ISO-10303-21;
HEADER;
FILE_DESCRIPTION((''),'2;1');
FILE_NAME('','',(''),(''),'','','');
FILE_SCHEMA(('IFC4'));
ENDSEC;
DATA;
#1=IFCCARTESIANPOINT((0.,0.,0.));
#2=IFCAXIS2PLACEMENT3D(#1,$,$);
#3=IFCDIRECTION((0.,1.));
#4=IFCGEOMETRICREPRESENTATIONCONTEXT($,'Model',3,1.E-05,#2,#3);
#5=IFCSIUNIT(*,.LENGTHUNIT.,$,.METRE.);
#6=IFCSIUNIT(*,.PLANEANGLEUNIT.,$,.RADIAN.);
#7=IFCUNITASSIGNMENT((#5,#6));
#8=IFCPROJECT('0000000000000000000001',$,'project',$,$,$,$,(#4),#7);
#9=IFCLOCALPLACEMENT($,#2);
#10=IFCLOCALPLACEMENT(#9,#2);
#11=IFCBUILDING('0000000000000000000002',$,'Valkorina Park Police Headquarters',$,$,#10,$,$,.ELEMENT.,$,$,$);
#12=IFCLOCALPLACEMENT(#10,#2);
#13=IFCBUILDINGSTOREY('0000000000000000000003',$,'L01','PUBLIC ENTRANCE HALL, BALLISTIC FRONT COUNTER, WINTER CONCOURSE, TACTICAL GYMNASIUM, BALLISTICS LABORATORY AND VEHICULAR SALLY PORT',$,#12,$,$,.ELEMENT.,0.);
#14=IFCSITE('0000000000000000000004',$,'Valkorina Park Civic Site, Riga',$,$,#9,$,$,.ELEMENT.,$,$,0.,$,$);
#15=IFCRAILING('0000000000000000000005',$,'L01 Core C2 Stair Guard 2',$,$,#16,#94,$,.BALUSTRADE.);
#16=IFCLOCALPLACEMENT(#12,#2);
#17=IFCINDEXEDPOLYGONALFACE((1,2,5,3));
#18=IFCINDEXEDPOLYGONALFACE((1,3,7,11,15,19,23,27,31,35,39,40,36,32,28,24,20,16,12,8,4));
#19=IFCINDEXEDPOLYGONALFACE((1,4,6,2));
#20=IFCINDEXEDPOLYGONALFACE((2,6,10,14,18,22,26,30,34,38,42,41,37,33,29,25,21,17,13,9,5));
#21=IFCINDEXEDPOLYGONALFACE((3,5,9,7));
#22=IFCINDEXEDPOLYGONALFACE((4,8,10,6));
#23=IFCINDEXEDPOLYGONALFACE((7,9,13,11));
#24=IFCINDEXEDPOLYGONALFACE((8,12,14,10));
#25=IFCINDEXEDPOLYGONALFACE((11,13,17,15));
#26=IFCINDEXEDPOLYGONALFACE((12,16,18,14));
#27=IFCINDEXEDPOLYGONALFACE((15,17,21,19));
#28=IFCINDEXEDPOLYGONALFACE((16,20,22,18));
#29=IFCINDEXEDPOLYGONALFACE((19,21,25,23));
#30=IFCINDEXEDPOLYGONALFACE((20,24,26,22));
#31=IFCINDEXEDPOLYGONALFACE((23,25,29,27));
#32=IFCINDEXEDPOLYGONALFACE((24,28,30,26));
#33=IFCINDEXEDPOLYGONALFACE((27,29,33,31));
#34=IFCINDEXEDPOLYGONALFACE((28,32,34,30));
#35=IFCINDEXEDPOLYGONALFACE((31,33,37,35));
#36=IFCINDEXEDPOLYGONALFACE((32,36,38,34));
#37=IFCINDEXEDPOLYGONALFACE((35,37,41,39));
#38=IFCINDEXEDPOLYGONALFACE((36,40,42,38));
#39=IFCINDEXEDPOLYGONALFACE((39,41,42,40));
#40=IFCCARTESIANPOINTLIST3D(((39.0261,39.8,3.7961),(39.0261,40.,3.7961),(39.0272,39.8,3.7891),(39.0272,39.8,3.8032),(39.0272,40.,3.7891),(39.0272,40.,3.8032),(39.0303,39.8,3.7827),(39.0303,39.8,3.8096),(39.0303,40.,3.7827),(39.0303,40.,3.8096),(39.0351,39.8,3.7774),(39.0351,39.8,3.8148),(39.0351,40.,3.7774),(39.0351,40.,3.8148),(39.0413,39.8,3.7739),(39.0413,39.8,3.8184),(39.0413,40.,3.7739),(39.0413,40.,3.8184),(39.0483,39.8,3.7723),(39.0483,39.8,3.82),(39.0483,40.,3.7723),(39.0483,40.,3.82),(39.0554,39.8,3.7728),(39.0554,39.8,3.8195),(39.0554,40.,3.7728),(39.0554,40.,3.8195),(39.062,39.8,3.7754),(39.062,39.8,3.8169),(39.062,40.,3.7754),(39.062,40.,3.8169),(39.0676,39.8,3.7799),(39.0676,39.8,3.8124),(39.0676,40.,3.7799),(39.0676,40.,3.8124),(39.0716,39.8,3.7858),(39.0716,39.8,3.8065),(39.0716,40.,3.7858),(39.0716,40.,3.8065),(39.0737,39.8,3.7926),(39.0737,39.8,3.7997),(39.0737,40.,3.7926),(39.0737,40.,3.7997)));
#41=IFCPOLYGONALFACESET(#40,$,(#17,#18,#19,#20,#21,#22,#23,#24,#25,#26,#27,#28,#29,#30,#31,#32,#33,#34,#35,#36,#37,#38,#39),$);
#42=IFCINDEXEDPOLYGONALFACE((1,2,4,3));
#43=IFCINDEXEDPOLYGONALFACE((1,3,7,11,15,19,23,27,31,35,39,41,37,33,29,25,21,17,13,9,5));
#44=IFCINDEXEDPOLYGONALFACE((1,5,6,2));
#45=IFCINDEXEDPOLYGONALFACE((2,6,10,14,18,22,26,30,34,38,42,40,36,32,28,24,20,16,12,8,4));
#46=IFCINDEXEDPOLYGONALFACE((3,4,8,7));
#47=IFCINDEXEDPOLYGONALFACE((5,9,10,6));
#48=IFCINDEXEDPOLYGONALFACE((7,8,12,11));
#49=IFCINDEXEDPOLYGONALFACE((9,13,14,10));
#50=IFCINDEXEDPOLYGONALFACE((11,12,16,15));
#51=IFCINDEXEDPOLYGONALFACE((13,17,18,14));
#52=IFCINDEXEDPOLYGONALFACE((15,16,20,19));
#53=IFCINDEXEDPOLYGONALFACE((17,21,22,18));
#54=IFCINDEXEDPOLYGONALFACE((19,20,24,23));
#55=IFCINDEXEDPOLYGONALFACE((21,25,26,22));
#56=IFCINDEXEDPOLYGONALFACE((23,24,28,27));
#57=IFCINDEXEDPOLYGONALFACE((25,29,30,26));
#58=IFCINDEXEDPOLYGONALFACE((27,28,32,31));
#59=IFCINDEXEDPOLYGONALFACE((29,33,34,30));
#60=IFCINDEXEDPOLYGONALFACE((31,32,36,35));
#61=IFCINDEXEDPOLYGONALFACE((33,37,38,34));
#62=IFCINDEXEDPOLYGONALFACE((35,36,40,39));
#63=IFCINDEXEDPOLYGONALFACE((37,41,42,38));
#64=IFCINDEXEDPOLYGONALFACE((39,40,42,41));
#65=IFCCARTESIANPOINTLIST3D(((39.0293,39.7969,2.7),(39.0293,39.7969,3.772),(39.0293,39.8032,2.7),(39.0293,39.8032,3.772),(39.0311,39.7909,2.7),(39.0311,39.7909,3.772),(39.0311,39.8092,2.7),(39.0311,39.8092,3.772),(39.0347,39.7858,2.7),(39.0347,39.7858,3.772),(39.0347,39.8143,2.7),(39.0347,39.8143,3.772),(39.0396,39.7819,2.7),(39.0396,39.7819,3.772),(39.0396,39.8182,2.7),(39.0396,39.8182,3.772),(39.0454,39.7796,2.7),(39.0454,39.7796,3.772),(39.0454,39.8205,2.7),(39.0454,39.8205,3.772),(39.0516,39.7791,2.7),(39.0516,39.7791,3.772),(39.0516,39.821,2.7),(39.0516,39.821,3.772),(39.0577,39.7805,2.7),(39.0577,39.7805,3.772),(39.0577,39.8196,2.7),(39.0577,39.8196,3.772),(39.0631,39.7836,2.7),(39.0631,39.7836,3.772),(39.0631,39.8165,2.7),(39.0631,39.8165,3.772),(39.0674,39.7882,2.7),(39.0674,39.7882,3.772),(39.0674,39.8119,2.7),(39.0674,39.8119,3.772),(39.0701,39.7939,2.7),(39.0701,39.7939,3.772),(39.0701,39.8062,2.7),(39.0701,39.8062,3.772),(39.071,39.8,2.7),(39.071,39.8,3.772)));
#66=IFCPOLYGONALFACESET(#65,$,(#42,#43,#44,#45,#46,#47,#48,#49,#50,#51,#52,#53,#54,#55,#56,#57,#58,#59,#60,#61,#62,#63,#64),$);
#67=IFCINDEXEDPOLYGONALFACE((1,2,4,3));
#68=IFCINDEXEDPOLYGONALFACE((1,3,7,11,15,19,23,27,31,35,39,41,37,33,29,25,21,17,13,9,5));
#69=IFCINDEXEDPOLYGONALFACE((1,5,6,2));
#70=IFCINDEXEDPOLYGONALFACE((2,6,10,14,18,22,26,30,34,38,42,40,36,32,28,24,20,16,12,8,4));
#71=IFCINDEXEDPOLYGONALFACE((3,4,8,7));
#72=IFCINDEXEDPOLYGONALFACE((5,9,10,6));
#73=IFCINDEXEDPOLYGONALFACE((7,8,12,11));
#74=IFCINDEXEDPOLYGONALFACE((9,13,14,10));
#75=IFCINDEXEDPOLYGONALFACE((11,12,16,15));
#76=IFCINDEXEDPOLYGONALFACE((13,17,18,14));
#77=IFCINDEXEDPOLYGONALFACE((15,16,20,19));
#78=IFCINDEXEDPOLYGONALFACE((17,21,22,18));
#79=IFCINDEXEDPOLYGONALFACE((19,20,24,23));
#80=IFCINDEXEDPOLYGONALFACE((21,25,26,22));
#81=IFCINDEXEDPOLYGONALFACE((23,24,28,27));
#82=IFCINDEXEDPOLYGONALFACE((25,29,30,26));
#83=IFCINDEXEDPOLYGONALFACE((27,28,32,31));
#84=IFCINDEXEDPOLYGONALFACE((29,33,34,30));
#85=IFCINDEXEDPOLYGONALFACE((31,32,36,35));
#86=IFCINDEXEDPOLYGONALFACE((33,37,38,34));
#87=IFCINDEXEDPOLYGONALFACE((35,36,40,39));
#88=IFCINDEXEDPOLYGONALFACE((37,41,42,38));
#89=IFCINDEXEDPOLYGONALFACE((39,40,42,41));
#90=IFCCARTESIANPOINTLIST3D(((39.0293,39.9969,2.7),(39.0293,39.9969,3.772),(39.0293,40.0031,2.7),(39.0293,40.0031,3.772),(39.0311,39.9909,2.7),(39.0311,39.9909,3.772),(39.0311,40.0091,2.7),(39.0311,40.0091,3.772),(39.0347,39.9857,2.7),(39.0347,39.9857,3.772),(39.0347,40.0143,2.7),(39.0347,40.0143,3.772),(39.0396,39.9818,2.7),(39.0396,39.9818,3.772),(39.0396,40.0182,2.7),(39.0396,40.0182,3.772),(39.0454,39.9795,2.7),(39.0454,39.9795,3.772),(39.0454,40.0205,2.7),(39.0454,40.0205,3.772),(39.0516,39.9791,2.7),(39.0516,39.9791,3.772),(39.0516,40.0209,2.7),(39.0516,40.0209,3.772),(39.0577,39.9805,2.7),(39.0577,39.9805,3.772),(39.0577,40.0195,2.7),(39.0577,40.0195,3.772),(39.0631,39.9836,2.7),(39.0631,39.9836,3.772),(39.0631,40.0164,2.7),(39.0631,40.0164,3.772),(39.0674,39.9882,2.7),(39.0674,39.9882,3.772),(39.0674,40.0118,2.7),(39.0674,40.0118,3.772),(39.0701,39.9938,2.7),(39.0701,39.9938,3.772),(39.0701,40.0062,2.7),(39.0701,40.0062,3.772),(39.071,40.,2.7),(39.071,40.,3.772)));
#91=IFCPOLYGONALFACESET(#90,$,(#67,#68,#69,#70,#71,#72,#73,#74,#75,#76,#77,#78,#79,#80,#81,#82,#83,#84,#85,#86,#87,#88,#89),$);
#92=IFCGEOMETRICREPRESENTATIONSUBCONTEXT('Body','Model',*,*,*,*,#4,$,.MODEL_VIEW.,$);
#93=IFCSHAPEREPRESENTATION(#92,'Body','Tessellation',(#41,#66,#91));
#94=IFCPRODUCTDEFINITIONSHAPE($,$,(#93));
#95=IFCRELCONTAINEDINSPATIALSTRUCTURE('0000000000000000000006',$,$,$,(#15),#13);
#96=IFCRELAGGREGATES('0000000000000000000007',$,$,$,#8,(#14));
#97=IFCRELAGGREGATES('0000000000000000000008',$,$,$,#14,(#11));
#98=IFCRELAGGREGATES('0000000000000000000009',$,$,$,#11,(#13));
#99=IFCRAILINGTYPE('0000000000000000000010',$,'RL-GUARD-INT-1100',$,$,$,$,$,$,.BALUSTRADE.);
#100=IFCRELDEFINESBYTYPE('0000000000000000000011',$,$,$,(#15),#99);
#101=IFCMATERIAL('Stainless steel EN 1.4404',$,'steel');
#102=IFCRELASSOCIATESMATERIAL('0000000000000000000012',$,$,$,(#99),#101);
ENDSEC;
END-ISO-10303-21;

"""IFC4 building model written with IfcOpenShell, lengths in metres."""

from ifc_helpers import new_model, si_unit, direction, frame, origin, origin_2d, place, context, subcontext, project, spatial, circle, extrude, material, type_object, element, save


model = new_model("IFC4")

# Units and contexts
model_context = context("Model", 3, precision=1e-05, world=origin(), true_north=direction((0.0, 1.0)))
body_context = subcontext(model_context, "Body", "Model", "MODEL_VIEW")
ifc_project = project(units=[si_unit("LENGTHUNIT", "METRE"), si_unit("PLANEANGLEUNIT", "RADIAN")], contexts=[model_context])

# Site, building, storey
site_placement = place(None, origin())
site = spatial("IfcSite", under=ifc_project, at=site_placement, Name="Valkorina Park Civic Site, Riga", CompositionType="ELEMENT", RefElevation=0.0)
building_placement = place(site_placement, origin())
building = spatial("IfcBuilding", under=site, at=building_placement, Name="Valkorina Park Police Headquarters", CompositionType="ELEMENT")
storey_placement = place(building_placement, origin())
storey = spatial("IfcBuildingStorey", under=building, at=storey_placement, Name="L01", Description="PUBLIC ENTRANCE HALL, BALLISTIC FRONT COUNTER, WINTER CONCOURSE, TACTICAL GYMNASIUM, BALLISTICS LABORATORY AND VEHICULAR SALLY PORT", CompositionType="ELEMENT", Elevation=0.0)

# Shared definitions
ifc_material_1 = material(Name="Stainless steel EN 1.4404", Category="steel")

# Railing
railing_type_1 = type_object("IfcRailingType", Name="RL-GUARD-INT-1100", PredefinedType="BALUSTRADE", material=ifc_material_1)
railing_1_placement = place(storey_placement, frame((39.05, 39.8, 2.7)))
element("IfcRailing", 1, at=railing_1_placement, inside=storey, type_object=railing_type_1, Name="L01 Core C2 Stair Guard 2", PredefinedType="BALUSTRADE", context=body_context, shape_type="SweptSolid", body=[
    extrude(circle(Radius=0.0239, at=origin_2d()), frame((0.0, 0.0, 1.0962), z_axis=(0.0, 1.0, 0.0), x_axis=(-1.0, 0.0, 0.0)), (0.0, 0.0, 1.0), 0.2),
    extrude(circle(Radius=0.021, at=origin_2d()), origin(), (0.0, 0.0, 1.0), 1.072),
    extrude(circle(Radius=0.021, at=origin_2d()), frame((0.0, 0.2, 0.0)), (0.0, 0.0, 1.0), 1.072),
])

save(model, "model.ifc")
